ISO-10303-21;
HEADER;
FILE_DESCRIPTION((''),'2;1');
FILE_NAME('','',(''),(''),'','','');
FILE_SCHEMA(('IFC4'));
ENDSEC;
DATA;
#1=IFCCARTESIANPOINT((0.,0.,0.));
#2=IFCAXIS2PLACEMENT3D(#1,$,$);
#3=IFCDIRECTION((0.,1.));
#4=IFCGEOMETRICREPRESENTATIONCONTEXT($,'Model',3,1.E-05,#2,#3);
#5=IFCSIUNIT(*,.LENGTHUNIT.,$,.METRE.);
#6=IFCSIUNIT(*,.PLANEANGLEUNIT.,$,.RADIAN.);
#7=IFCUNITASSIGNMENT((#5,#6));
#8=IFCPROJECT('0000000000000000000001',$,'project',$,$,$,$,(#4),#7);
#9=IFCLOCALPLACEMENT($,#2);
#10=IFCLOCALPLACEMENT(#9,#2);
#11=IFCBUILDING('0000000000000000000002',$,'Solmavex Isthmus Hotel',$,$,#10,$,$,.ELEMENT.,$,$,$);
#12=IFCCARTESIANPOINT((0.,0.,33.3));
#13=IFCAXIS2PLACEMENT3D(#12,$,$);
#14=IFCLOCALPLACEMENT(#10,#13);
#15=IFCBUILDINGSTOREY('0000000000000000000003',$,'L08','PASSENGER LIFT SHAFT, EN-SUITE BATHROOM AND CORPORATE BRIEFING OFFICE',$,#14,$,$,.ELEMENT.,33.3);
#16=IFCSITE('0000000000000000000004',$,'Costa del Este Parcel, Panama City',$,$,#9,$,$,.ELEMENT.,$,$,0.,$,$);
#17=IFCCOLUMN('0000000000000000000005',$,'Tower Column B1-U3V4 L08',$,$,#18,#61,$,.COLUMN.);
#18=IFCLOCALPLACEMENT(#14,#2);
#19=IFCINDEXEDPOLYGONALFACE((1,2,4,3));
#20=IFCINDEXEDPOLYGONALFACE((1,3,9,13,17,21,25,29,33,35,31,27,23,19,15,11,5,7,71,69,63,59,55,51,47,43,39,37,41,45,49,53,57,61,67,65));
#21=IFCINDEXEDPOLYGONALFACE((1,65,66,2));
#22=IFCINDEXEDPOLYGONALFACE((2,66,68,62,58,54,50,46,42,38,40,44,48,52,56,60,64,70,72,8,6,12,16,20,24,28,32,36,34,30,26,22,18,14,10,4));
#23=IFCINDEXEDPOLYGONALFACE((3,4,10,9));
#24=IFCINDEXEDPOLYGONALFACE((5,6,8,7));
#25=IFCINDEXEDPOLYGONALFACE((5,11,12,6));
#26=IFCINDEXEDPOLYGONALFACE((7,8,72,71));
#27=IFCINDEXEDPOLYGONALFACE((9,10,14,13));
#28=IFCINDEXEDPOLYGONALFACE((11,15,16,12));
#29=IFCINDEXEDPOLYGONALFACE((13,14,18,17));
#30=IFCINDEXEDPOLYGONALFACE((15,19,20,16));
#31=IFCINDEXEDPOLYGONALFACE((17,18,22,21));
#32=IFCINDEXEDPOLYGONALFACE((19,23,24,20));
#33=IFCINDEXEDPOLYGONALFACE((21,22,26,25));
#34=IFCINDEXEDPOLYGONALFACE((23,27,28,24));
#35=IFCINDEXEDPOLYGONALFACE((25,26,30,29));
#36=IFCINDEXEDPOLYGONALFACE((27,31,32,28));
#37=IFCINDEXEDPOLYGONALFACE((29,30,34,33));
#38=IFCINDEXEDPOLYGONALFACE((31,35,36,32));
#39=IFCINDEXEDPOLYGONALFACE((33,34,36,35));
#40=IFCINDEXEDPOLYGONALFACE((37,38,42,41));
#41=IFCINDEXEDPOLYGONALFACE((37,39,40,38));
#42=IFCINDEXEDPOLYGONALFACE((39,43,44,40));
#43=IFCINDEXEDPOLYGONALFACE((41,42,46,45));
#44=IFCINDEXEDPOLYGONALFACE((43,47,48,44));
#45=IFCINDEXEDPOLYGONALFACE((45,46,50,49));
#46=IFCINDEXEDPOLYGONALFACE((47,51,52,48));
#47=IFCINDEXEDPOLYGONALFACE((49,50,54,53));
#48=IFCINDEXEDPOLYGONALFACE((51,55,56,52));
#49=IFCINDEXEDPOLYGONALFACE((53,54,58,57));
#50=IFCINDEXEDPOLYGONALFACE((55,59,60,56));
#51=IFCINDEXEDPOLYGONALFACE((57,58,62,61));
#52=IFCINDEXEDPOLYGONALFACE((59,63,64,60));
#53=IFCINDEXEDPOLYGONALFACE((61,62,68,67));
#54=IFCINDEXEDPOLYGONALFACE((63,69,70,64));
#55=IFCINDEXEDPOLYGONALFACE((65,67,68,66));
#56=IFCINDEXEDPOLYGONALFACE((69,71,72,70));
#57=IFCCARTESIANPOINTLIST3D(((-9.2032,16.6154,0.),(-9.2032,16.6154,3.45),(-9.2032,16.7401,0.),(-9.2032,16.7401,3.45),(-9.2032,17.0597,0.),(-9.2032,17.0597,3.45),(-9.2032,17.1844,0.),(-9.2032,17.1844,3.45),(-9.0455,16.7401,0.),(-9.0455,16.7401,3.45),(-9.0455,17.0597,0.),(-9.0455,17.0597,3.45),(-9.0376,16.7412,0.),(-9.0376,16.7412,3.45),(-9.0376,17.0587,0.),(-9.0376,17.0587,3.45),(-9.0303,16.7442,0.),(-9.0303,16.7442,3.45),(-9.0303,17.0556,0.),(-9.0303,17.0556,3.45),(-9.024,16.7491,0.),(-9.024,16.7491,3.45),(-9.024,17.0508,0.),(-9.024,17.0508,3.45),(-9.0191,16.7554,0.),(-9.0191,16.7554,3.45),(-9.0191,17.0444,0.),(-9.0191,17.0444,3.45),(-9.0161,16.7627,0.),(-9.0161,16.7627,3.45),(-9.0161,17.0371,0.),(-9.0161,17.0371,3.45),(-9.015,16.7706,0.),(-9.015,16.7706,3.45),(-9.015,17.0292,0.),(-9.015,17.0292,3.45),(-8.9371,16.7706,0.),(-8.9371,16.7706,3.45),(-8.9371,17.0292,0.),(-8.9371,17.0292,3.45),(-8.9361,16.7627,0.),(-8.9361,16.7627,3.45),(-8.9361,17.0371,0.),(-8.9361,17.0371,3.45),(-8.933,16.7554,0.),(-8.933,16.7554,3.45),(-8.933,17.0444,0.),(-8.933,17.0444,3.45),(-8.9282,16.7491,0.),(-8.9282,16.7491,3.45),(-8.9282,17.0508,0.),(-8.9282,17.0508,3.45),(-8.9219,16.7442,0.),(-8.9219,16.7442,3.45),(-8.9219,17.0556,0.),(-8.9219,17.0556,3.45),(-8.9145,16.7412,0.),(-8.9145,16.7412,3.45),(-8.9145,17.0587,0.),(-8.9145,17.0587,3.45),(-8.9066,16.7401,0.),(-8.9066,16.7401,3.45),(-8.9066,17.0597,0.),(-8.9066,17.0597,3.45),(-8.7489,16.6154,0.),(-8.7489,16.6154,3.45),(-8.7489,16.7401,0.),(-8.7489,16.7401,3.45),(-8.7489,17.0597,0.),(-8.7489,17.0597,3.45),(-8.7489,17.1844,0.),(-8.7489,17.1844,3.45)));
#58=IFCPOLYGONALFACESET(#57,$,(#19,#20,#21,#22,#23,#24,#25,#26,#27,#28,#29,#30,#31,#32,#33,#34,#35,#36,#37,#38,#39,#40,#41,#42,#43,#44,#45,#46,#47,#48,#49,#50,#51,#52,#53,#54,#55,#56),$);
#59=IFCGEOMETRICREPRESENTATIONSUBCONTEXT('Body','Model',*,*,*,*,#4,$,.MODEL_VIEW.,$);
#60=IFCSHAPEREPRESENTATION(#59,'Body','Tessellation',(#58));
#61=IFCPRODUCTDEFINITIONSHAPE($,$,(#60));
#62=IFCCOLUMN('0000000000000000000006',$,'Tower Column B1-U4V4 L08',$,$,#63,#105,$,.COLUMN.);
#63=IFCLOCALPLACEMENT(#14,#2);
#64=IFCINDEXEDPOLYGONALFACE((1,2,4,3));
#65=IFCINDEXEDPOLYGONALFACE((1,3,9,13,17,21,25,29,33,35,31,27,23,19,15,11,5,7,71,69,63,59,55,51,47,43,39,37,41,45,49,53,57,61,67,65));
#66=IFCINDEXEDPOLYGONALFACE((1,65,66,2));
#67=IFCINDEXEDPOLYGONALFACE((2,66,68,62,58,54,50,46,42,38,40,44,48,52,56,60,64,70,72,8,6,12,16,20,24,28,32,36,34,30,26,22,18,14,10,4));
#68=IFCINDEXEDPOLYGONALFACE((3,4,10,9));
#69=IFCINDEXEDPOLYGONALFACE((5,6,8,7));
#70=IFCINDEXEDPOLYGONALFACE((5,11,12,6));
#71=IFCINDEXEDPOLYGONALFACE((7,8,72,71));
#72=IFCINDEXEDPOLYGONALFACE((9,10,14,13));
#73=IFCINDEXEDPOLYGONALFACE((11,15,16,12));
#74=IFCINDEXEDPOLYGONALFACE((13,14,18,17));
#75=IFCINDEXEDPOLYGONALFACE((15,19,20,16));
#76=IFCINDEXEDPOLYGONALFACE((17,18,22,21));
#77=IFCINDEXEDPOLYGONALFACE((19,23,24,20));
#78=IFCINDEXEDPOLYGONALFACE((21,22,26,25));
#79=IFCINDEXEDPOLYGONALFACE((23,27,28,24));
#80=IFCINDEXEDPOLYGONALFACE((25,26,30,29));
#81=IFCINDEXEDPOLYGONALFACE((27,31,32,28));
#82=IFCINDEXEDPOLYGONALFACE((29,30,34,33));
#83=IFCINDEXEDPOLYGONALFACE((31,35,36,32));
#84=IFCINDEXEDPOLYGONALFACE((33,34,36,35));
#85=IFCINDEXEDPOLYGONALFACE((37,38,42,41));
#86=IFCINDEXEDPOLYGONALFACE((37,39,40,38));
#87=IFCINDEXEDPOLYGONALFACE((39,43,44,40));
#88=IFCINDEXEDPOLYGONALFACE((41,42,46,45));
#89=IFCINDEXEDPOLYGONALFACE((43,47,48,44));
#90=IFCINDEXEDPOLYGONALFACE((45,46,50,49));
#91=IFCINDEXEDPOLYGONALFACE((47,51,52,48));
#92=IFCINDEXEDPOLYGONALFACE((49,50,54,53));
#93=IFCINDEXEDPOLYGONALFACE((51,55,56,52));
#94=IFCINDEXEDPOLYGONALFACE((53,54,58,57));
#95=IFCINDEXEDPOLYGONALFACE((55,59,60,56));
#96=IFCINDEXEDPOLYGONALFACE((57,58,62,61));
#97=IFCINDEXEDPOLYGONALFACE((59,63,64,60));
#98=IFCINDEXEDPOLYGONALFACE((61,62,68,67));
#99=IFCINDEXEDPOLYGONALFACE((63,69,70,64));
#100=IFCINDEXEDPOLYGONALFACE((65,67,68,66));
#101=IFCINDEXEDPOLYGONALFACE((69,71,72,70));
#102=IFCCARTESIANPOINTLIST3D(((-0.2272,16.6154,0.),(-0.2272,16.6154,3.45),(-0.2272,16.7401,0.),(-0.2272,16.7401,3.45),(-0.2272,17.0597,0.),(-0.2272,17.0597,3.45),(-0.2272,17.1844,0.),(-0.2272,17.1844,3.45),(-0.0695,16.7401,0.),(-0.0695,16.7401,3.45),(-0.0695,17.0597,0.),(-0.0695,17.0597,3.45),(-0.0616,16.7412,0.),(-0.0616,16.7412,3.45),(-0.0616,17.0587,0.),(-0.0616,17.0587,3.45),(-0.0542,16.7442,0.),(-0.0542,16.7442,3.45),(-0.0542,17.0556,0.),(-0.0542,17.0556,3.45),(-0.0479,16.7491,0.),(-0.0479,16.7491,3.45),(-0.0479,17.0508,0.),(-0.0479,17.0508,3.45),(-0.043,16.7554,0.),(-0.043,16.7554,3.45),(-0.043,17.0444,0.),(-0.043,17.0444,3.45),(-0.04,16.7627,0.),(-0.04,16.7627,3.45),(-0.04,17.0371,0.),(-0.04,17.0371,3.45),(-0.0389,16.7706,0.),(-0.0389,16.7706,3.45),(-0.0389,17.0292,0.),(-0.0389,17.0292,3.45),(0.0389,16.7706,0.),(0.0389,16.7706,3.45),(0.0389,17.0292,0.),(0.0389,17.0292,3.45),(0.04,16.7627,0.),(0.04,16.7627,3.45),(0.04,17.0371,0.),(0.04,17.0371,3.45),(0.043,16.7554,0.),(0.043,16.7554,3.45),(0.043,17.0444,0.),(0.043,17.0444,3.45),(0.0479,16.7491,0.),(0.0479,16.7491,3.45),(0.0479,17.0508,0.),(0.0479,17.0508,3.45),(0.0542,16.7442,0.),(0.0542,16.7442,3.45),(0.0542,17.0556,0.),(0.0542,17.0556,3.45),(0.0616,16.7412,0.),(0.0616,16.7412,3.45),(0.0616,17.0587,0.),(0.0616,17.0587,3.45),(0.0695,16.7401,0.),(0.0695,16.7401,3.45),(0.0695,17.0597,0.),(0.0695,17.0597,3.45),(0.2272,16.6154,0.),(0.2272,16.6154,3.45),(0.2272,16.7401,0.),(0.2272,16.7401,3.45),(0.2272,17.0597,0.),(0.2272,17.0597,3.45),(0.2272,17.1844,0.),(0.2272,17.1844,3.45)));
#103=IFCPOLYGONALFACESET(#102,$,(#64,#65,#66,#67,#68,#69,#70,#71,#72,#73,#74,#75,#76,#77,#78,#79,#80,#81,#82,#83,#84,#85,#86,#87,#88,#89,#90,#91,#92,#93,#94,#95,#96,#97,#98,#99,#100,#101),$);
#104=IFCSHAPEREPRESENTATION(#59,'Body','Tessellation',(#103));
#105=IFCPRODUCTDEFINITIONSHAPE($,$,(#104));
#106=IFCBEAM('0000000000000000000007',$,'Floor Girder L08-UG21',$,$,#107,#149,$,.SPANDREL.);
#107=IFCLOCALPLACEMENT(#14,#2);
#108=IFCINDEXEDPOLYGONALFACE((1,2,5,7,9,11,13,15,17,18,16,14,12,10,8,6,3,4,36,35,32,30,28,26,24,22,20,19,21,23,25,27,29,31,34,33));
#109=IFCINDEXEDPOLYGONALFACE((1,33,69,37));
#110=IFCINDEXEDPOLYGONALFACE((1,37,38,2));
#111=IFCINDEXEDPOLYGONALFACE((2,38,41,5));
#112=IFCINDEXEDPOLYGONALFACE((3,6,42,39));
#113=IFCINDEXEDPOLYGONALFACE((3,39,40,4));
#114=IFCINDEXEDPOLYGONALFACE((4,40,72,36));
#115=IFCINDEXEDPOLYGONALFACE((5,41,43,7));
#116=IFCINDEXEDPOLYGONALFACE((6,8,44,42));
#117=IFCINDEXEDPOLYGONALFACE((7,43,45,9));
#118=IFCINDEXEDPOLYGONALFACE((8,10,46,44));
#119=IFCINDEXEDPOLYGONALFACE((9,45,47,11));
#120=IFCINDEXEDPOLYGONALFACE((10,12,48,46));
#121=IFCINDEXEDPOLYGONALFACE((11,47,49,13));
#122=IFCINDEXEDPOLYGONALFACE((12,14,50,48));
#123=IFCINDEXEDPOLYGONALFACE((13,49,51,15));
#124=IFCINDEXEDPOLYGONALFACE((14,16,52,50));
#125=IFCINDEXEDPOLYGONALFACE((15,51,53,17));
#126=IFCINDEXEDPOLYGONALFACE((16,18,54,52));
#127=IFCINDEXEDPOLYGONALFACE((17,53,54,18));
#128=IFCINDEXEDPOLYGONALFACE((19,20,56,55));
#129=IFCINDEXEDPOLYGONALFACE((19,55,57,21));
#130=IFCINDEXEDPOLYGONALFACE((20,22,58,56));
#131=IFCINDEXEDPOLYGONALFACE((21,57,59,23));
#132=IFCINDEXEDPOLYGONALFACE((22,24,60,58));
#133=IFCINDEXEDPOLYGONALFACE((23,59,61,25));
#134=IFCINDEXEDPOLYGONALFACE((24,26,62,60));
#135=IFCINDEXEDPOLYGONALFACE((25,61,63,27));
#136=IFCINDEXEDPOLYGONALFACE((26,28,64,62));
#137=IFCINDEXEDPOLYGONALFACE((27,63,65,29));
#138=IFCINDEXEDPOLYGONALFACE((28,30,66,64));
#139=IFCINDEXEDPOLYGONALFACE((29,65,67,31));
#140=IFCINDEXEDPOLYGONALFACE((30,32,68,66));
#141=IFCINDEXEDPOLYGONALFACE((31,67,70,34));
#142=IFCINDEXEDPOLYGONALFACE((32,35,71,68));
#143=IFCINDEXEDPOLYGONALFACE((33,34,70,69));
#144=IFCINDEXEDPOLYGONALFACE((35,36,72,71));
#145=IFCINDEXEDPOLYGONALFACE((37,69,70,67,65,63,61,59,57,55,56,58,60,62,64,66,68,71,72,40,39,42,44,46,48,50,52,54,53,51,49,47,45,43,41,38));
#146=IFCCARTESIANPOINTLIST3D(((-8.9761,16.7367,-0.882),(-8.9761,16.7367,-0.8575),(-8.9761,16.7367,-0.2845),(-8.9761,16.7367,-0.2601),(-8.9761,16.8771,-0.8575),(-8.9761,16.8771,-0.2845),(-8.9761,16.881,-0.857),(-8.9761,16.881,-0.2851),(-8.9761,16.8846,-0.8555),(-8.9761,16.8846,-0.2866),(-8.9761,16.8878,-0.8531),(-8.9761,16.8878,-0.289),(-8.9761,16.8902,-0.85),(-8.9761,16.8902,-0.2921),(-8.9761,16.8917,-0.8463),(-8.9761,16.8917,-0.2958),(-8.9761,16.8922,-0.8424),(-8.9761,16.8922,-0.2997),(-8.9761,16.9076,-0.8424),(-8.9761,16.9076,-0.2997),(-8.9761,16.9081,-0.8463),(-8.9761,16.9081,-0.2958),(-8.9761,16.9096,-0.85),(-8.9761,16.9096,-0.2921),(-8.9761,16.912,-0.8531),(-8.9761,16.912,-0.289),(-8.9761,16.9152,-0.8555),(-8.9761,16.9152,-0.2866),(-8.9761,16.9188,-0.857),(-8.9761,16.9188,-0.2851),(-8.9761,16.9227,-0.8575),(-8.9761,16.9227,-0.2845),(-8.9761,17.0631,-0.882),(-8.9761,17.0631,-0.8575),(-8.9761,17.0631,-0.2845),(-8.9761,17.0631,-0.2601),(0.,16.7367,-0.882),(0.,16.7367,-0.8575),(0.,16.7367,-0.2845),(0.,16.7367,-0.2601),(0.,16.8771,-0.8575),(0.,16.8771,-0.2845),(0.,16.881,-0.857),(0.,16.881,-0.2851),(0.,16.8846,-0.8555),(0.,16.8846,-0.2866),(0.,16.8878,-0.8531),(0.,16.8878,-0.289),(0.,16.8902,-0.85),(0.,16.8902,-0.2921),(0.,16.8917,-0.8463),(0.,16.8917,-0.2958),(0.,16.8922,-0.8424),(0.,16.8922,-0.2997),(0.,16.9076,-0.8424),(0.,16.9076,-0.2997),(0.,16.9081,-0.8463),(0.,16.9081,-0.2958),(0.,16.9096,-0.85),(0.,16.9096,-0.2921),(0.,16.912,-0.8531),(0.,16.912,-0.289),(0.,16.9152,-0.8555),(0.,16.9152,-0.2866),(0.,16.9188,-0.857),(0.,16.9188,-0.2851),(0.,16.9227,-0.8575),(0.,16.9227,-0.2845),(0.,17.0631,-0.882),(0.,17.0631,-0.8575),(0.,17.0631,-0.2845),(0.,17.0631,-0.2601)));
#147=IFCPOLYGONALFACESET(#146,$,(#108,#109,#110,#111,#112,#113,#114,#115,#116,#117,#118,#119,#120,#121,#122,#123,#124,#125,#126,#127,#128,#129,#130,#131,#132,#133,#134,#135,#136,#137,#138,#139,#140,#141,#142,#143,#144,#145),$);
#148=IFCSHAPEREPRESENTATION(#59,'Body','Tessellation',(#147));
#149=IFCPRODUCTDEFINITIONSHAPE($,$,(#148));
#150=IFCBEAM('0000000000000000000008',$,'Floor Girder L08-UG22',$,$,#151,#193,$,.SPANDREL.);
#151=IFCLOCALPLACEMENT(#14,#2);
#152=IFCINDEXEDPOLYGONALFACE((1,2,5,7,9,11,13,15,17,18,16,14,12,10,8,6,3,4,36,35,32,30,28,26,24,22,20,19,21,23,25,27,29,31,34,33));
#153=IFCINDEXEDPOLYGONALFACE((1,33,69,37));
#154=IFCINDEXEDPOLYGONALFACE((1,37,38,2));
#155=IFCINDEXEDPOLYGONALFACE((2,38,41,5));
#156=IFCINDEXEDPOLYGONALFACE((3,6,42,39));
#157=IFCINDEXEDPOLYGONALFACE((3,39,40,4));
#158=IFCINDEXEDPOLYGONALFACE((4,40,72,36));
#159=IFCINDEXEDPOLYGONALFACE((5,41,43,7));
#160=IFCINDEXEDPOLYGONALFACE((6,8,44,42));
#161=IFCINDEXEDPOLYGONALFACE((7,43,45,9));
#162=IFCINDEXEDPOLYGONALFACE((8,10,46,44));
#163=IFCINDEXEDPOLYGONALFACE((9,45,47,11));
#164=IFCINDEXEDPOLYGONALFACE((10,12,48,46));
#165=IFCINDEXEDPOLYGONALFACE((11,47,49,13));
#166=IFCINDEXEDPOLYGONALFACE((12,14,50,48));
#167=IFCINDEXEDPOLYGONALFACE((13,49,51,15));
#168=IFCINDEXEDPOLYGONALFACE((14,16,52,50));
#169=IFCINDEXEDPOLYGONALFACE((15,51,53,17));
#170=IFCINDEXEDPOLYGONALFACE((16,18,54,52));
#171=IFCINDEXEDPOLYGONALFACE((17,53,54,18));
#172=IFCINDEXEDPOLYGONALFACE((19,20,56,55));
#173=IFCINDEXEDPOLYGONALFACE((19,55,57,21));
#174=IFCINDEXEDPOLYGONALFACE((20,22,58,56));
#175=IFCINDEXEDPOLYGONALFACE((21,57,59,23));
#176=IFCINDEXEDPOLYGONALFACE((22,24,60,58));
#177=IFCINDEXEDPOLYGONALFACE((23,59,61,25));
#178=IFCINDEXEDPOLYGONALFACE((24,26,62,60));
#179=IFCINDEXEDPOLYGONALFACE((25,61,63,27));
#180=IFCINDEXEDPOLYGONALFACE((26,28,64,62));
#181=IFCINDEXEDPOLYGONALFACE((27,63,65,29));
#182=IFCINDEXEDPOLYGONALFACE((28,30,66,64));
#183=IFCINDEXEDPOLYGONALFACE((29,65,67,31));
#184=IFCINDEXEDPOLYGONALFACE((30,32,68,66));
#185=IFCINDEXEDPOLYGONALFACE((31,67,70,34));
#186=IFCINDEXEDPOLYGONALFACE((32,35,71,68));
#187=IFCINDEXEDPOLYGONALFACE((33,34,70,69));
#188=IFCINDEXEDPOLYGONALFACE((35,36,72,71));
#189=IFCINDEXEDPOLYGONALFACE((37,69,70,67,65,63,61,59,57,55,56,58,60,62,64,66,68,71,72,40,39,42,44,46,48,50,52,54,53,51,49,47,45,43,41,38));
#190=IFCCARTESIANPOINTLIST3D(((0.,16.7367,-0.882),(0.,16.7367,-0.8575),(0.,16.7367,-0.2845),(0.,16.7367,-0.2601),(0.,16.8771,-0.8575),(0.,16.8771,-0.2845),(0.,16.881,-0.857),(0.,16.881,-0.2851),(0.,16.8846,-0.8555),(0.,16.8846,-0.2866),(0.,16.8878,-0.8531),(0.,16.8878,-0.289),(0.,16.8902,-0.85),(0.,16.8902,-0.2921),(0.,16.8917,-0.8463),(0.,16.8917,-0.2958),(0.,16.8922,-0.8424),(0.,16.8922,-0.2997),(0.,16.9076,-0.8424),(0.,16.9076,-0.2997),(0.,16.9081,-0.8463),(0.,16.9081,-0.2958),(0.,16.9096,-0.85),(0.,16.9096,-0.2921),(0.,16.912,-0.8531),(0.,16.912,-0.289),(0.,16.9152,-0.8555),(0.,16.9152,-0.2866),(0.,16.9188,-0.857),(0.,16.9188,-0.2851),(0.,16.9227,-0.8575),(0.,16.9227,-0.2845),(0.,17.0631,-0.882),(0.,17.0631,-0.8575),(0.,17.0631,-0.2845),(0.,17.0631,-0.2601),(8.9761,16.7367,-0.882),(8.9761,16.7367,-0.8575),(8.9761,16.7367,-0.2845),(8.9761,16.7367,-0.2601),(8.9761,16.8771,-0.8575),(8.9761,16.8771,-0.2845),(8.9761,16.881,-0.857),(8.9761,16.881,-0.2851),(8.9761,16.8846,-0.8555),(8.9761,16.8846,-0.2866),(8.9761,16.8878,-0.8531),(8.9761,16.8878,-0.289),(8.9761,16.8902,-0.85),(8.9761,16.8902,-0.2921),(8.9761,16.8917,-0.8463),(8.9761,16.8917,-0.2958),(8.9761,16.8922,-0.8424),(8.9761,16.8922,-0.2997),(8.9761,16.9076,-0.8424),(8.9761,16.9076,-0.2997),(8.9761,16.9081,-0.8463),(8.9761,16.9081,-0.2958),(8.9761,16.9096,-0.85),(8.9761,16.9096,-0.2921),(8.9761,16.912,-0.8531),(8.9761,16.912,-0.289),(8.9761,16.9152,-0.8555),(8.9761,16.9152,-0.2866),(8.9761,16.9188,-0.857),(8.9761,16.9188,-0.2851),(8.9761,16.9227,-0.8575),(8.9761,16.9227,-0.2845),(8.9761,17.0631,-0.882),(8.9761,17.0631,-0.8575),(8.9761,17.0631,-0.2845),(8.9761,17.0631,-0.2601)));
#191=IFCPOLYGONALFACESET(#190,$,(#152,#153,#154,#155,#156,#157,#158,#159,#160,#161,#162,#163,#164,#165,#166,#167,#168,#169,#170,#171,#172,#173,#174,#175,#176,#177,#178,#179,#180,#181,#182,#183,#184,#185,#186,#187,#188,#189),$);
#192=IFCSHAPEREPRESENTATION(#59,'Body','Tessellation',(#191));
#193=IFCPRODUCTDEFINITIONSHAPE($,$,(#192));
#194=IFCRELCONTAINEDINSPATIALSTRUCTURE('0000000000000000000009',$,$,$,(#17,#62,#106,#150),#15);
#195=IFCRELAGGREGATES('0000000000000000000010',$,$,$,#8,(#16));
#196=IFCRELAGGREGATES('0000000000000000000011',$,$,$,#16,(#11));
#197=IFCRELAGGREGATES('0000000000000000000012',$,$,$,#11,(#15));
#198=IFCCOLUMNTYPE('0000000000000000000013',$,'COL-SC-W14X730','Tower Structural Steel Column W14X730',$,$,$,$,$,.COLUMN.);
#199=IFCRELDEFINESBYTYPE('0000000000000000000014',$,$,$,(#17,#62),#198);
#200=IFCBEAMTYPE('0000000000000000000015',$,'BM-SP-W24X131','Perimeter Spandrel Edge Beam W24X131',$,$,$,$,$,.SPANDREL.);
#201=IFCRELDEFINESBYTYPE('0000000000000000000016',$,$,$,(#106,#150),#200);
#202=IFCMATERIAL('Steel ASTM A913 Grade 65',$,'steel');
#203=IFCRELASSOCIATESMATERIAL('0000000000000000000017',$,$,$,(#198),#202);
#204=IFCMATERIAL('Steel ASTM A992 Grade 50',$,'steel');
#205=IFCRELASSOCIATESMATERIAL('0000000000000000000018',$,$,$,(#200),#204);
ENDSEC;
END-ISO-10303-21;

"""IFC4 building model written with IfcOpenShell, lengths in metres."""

from ifc_helpers import new_model, si_unit, direction, frame, origin, origin_2d, place, context, subcontext, project, spatial, i_section, extrude, material, material_profile, profile_set, type_object, element, save


model = new_model("IFC4")

# Units and contexts
model_context = context("Model", 3, precision=1e-05, world=origin(), true_north=direction((0.0, 1.0)))
body_context = subcontext(model_context, "Body", "Model", "MODEL_VIEW")
ifc_project = project(units=[si_unit("LENGTHUNIT", "METRE"), si_unit("PLANEANGLEUNIT", "RADIAN")], contexts=[model_context])

# Site, building, storey
site_placement = place(None, origin())
site = spatial("IfcSite", under=ifc_project, at=site_placement, Name="Costa del Este Parcel, Panama City", CompositionType="ELEMENT", RefElevation=0.0)
building_placement = place(site_placement, origin())
building = spatial("IfcBuilding", under=site, at=building_placement, Name="Solmavex Isthmus Hotel", CompositionType="ELEMENT")
storey_placement = place(building_placement, frame((0.0, 0.0, 33.3)))
storey = spatial("IfcBuildingStorey", under=building, at=storey_placement, Name="L08", Description="PASSENGER LIFT SHAFT, EN-SUITE BATHROOM AND CORPORATE BRIEFING OFFICE", CompositionType="ELEMENT", Elevation=33.3)

# Columns
ifc_material_1 = material(Name="Steel ASTM A913 Grade 65", Category="steel")
ifc_material_profile_1 = material_profile(ifc_material_1, i_section(OverallWidth=0.4543, OverallDepth=0.5691, WebThickness=0.0779, FlangeThickness=0.1248, FilletRadius=0.0305, at=origin_2d()), Name="W14X730")
ifc_profile_set_1 = profile_set([ifc_material_profile_1], Name="Steel ASTM A913 Grade 65")
column_type = type_object("IfcColumnType", Name="COL-SC-W14X730", Description="Tower Structural Steel Column W14X730", PredefinedType="COLUMN", material=ifc_profile_set_1)
for number, where, z_axis, x_axis, name in (
    (1, (-8.9761, 16.8999, 0.0), (0.0, 0.0, 1.0), (1.0, 0.0, 0.0), "Tower Column B1-U3V4 L08"),
    (2, (0.0, 16.8999, 0.0), (0.0, 0.0, 1.0), (1.0, 0.0, 0.0), "Tower Column B1-U4V4 L08"),
):
    element("IfcColumn", number, at=place(storey_placement, frame(where, z_axis=z_axis, x_axis=x_axis)), inside=storey, type_object=column_type, Name=name, PredefinedType="COLUMN", context=body_context, shape_type="SweptSolid", body=[
        extrude(i_section(OverallWidth=0.4543, OverallDepth=0.5691, WebThickness=0.0779, FlangeThickness=0.1248, FilletRadius=0.0305, at=origin_2d()), origin(), (0.0, 0.0, 1.0), 3.45),
    ])

# Beams
ifc_material_2 = material(Name="Steel ASTM A992 Grade 50", Category="steel")
ifc_material_profile_2 = material_profile(ifc_material_2, i_section(OverallWidth=0.3264, OverallDepth=0.6218, WebThickness=0.0154, FlangeThickness=0.0244, FilletRadius=0.0151, at=origin_2d()), Name="W24X131")
ifc_profile_set_2 = profile_set([ifc_material_profile_2], Name="Steel ASTM A992 Grade 50")
beam_type = type_object("IfcBeamType", Name="BM-SP-W24X131", Description="Perimeter Spandrel Edge Beam W24X131", PredefinedType="SPANDREL", material=ifc_profile_set_2)
for number, where, z_axis, x_axis, name in (
    (3, (-8.9761, 16.8999, -0.571), (1.0, 0.0, 0.0), (0.0, 1.0, 0.0), "Floor Girder L08-UG21"),
    (4, (0.0, 16.8999, -0.571), (1.0, 0.0, 0.0), (0.0, 1.0, 0.0), "Floor Girder L08-UG22"),
):
    element("IfcBeam", number, at=place(storey_placement, frame(where, z_axis=z_axis, x_axis=x_axis)), inside=storey, type_object=beam_type, Name=name, PredefinedType="SPANDREL", context=body_context, shape_type="SweptSolid", body=[
        extrude(i_section(OverallWidth=0.3264, OverallDepth=0.6218, WebThickness=0.0154, FlangeThickness=0.0244, FilletRadius=0.0151, at=origin_2d()), origin(), (0.0, 0.0, 1.0), 8.9761),
    ])

save(model, "model.ifc")
